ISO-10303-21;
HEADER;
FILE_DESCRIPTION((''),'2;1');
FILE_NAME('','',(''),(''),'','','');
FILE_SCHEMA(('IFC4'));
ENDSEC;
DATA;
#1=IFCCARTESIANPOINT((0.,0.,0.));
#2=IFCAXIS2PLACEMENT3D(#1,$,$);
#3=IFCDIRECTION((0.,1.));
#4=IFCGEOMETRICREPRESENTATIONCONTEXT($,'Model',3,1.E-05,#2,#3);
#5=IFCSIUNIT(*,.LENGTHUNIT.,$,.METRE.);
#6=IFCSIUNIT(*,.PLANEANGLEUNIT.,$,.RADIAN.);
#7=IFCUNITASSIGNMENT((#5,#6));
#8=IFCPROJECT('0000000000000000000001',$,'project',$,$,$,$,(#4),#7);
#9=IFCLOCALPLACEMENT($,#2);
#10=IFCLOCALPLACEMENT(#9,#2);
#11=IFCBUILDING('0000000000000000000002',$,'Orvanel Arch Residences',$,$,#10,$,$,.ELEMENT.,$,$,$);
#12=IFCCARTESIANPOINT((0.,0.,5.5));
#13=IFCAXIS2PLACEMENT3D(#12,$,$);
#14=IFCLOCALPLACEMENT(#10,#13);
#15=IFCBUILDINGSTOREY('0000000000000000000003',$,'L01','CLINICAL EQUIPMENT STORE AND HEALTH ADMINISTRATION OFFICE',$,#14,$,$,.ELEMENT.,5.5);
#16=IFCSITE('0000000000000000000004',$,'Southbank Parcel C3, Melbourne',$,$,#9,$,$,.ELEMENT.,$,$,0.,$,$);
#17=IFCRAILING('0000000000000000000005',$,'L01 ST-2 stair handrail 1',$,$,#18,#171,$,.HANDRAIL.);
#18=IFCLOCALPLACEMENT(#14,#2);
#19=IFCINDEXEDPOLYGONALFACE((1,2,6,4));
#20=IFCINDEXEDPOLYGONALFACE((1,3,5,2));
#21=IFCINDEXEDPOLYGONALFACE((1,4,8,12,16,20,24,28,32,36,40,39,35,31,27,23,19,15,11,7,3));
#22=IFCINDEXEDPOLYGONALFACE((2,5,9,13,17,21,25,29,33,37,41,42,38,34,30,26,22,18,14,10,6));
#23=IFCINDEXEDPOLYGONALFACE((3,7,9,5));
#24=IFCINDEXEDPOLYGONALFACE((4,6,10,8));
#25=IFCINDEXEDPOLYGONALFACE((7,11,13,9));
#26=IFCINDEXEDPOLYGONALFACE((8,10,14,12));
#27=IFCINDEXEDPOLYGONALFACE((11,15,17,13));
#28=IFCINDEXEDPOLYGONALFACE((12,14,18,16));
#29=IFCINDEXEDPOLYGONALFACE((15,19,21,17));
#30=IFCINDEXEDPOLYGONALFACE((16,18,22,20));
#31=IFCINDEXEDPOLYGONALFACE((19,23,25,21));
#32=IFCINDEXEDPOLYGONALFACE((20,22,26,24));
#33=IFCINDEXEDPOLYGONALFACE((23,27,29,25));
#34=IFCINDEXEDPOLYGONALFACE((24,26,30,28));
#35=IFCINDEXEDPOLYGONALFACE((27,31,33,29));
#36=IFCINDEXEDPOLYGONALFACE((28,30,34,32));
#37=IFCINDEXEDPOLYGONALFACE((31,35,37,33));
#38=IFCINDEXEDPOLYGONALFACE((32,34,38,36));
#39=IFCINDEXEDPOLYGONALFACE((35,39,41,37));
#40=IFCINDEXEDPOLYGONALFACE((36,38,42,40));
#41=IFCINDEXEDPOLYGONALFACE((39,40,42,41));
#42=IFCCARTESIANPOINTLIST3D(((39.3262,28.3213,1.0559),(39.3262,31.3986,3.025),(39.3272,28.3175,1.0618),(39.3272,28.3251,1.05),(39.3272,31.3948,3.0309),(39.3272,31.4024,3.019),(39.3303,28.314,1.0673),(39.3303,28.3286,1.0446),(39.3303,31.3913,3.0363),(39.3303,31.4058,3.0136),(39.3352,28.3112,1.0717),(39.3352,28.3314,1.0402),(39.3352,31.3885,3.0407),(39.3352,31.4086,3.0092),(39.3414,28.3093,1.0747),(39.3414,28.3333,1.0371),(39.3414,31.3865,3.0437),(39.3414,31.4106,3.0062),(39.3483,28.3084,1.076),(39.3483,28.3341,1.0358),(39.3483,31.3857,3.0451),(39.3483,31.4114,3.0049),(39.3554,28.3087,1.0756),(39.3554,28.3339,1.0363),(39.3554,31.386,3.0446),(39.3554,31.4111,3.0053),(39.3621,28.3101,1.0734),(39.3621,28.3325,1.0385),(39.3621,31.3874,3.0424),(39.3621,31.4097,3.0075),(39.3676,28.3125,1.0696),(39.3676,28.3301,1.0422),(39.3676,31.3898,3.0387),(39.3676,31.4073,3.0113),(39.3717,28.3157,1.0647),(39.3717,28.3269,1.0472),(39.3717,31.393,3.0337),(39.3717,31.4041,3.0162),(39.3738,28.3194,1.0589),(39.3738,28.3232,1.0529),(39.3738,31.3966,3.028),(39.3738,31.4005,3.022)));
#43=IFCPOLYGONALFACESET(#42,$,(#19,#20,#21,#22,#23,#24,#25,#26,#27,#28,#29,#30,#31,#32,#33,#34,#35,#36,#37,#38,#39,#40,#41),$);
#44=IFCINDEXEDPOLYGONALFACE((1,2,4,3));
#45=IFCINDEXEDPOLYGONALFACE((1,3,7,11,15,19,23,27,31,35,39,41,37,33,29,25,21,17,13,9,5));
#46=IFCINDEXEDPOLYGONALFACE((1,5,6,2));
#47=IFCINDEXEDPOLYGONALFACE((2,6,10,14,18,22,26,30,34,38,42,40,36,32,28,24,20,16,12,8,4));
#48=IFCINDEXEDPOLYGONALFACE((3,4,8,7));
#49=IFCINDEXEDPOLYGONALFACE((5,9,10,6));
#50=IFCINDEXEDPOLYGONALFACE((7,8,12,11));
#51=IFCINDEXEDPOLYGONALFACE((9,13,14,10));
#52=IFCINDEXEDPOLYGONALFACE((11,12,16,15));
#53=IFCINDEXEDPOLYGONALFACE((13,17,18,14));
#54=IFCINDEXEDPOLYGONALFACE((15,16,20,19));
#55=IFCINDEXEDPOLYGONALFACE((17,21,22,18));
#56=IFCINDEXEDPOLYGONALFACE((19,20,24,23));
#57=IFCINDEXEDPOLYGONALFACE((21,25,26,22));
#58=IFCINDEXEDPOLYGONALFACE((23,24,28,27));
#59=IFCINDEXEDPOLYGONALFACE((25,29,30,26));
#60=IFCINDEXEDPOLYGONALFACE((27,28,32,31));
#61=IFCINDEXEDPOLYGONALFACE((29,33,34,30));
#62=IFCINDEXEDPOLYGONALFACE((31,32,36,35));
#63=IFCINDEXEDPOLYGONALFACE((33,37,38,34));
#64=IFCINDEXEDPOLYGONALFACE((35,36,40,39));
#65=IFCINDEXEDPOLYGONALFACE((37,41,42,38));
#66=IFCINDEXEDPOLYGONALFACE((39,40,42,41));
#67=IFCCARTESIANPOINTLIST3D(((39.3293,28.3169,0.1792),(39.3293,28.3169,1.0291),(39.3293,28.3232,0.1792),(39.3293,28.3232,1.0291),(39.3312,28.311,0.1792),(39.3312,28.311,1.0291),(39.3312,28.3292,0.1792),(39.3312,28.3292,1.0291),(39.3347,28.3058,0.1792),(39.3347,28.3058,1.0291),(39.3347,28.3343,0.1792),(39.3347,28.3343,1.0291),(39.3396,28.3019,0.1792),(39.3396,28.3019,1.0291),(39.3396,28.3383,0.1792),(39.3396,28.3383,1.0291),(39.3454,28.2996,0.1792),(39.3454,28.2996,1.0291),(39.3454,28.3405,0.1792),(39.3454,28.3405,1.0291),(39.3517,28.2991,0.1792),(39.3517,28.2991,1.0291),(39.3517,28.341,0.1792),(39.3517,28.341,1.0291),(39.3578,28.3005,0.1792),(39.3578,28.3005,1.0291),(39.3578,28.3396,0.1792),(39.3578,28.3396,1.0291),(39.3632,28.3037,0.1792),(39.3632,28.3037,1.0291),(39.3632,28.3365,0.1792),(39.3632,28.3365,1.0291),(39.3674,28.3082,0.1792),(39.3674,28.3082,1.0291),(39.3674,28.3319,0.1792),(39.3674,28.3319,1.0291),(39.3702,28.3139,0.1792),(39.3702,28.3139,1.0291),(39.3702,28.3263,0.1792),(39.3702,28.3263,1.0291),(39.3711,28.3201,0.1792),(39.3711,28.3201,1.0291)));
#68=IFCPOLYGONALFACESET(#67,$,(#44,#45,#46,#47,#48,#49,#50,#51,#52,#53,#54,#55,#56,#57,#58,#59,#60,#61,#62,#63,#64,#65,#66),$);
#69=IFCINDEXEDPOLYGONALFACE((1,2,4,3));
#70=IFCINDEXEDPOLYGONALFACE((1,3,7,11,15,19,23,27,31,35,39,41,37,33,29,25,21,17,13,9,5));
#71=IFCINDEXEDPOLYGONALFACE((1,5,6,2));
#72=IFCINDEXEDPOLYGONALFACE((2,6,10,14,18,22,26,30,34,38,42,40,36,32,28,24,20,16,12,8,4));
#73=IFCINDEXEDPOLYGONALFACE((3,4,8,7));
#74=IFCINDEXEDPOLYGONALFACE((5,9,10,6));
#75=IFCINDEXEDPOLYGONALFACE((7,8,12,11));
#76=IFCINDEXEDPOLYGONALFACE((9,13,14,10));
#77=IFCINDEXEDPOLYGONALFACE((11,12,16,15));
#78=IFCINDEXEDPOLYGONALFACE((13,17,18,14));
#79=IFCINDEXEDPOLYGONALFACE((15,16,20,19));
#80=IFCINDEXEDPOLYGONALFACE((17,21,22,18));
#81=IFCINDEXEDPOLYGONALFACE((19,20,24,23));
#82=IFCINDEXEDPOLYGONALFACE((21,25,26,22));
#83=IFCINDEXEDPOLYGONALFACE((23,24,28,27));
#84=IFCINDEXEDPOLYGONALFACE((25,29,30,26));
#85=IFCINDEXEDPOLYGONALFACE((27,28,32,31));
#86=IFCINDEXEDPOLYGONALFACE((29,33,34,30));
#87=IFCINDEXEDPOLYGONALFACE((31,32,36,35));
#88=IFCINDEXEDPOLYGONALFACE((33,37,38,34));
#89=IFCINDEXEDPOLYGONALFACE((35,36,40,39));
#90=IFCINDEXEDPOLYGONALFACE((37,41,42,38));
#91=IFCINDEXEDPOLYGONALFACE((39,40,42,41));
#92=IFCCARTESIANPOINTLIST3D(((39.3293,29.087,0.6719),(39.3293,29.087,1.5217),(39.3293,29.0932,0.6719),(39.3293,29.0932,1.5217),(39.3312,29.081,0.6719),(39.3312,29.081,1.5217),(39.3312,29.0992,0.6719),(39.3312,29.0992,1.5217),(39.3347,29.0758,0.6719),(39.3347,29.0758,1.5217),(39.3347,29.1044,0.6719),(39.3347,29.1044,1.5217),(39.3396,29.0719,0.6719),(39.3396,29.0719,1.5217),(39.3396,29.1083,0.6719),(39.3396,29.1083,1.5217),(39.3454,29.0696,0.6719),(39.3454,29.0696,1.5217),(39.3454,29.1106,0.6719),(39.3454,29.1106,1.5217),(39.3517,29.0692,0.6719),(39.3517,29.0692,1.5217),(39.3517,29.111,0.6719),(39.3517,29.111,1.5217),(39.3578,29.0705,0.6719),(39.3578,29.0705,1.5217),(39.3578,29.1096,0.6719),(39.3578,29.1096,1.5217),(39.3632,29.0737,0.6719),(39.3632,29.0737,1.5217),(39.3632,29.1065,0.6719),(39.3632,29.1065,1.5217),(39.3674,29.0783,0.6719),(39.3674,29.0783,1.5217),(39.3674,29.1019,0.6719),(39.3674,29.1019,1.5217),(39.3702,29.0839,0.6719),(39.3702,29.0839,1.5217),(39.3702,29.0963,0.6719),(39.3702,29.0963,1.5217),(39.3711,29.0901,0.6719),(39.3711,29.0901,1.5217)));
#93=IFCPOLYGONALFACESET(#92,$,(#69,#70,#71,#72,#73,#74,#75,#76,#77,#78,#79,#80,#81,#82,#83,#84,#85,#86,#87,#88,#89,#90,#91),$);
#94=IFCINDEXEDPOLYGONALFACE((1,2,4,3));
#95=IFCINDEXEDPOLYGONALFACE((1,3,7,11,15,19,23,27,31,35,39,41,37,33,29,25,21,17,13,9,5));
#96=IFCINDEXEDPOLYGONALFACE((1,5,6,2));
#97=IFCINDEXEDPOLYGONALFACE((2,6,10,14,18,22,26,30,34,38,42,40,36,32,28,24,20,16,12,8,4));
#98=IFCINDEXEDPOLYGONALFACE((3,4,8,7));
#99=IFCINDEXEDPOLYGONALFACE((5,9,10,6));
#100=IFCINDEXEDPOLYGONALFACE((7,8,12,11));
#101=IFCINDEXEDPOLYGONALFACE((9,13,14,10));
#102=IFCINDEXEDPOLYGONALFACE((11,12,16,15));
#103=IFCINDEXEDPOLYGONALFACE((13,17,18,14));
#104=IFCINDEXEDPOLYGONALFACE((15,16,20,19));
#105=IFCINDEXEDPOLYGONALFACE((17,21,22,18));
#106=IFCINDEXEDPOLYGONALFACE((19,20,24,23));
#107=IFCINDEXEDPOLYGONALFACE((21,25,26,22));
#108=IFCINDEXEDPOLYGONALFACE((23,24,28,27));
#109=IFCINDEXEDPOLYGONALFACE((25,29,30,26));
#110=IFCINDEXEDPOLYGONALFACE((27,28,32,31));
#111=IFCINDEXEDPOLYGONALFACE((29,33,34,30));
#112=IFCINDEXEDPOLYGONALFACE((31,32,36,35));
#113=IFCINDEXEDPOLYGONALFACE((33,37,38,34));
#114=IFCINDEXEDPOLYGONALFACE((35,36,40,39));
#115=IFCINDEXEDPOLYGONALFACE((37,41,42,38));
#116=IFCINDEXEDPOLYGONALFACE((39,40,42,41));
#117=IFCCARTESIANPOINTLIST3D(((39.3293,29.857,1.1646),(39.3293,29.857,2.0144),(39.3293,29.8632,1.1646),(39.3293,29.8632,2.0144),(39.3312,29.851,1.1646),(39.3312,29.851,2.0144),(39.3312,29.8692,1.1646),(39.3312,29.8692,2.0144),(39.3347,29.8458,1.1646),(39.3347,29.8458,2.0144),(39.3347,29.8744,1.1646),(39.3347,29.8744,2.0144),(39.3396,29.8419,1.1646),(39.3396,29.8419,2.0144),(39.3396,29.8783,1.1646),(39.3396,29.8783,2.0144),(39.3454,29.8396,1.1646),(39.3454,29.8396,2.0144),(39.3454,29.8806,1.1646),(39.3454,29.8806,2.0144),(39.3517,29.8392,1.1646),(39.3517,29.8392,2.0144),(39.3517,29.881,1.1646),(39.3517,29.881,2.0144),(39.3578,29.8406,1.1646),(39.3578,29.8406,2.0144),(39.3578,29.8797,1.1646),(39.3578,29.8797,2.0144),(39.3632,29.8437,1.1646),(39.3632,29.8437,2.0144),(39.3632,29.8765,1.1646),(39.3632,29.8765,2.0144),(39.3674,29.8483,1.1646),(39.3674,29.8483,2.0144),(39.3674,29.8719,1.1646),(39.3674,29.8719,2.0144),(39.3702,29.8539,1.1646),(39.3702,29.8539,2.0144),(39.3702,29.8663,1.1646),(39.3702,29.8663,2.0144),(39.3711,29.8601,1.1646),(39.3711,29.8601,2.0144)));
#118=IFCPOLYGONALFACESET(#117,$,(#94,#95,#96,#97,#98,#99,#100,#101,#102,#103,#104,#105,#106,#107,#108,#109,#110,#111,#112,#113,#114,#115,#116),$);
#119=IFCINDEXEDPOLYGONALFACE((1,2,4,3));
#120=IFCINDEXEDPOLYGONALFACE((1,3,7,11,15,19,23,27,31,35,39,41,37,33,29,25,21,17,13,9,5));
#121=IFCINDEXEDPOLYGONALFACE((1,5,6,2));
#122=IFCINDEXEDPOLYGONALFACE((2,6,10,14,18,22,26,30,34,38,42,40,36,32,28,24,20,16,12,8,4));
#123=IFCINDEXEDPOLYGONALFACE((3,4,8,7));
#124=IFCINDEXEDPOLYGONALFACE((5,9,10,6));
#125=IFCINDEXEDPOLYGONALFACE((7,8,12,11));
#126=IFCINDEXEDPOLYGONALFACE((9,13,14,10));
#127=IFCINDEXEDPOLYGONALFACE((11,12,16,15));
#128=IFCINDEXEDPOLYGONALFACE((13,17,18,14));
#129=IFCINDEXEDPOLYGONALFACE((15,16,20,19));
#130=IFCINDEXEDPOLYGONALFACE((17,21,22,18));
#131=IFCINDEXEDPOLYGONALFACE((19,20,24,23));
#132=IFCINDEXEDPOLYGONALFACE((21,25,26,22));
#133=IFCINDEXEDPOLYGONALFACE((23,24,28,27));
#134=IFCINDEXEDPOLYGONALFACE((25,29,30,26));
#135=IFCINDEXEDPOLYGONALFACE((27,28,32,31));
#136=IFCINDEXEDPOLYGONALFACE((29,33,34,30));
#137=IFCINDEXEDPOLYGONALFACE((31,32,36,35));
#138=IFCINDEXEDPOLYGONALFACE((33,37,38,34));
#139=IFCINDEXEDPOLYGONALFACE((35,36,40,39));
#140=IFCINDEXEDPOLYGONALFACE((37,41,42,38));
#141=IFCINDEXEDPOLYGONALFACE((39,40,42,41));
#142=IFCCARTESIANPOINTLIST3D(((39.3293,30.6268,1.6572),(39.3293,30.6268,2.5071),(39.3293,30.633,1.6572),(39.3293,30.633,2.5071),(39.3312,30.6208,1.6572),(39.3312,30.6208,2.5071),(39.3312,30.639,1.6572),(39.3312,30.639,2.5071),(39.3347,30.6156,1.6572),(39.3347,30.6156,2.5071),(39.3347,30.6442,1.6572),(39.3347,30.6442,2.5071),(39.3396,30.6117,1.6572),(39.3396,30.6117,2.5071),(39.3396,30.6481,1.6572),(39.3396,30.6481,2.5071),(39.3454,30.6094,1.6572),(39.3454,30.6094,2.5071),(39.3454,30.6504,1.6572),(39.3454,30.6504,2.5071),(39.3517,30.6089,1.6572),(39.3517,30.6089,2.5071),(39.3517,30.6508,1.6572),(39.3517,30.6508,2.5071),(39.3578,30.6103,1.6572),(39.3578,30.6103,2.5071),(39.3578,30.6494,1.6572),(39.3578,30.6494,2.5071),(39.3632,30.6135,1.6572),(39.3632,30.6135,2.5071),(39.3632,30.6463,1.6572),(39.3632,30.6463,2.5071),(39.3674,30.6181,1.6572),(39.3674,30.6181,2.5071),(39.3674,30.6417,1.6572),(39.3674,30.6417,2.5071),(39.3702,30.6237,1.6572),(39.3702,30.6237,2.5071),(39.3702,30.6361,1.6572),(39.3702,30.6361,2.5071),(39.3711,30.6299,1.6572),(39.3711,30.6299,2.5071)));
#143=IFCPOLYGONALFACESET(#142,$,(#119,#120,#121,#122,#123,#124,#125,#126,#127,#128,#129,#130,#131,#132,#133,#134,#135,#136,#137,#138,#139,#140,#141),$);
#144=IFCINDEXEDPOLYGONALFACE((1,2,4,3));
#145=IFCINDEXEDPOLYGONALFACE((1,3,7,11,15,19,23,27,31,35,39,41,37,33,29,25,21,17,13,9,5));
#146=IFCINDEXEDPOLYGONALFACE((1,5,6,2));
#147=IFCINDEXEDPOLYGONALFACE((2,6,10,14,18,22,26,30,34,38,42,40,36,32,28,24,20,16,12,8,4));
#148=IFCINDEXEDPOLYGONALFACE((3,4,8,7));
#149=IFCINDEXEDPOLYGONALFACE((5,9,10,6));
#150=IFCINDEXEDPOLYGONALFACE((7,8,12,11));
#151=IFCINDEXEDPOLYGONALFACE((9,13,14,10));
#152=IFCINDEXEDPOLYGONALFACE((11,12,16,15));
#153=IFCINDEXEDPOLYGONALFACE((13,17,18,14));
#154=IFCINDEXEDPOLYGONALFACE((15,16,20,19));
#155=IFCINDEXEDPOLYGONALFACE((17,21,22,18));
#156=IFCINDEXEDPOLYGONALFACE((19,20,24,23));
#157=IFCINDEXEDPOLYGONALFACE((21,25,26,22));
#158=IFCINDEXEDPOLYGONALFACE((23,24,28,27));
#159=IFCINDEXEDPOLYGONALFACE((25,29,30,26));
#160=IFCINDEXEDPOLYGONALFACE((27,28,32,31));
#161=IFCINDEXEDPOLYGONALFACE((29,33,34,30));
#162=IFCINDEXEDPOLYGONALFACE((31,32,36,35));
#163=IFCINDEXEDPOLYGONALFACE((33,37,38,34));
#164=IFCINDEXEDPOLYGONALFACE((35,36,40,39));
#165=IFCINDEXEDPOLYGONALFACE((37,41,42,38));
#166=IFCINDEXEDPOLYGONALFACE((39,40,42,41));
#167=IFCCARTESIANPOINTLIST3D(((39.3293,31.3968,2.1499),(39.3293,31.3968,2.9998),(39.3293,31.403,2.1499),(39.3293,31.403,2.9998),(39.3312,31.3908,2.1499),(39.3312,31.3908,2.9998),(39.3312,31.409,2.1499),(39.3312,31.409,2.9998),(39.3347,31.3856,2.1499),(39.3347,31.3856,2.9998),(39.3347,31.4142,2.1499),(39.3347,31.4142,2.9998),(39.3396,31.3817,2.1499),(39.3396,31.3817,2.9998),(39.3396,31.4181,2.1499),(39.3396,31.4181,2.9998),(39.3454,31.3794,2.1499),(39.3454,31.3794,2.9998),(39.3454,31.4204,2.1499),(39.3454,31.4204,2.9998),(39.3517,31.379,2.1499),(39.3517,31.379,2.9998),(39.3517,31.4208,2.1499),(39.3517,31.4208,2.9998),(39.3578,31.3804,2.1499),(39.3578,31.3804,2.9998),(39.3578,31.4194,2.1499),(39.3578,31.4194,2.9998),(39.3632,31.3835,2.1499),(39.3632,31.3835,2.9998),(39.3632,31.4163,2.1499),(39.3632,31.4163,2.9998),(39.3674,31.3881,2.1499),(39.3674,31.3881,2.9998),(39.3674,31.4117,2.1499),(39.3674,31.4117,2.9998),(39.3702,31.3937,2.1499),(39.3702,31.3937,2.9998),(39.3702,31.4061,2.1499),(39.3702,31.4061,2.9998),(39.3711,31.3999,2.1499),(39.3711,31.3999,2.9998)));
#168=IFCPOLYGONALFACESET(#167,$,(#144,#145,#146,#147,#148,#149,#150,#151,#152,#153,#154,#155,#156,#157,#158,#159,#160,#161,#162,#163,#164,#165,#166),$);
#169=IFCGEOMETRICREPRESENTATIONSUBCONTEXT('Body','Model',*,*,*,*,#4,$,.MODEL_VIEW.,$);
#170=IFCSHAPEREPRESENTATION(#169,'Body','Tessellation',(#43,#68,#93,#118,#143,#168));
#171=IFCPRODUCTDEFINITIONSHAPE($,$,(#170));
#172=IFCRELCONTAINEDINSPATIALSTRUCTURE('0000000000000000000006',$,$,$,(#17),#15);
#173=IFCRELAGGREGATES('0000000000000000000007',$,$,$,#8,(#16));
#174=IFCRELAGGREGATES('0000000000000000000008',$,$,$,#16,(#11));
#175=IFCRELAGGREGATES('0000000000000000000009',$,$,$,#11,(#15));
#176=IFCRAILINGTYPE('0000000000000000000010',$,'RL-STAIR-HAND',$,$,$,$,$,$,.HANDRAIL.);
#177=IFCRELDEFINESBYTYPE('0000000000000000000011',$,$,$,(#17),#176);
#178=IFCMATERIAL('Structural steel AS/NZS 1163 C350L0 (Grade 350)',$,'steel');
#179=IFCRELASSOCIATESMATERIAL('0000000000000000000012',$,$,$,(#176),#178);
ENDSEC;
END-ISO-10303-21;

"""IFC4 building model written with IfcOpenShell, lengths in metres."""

from ifc_helpers import new_model, si_unit, direction, frame, origin, origin_2d, place, context, subcontext, project, spatial, circle, extrude, material, type_object, element, save


model = new_model("IFC4")

# Units and contexts
model_context = context("Model", 3, precision=1e-05, world=origin(), true_north=direction((0.0, 1.0)))
body_context = subcontext(model_context, "Body", "Model", "MODEL_VIEW")
ifc_project = project(units=[si_unit("LENGTHUNIT", "METRE"), si_unit("PLANEANGLEUNIT", "RADIAN")], contexts=[model_context])

# Site, building, storey
site_placement = place(None, origin())
site = spatial("IfcSite", under=ifc_project, at=site_placement, Name="Southbank Parcel C3, Melbourne", CompositionType="ELEMENT", RefElevation=0.0)
building_placement = place(site_placement, origin())
building = spatial("IfcBuilding", under=site, at=building_placement, Name="Orvanel Arch Residences", CompositionType="ELEMENT")
storey_placement = place(building_placement, frame((0.0, 0.0, 5.5)))
storey = spatial("IfcBuildingStorey", under=building, at=storey_placement, Name="L01", Description="CLINICAL EQUIPMENT STORE AND HEALTH ADMINISTRATION OFFICE", CompositionType="ELEMENT", Elevation=5.5)

# Shared definitions
ifc_material_1 = material(Name="Structural steel AS/NZS 1163 C350L0 (Grade 350)", Category="steel")

# Railing
railing_type_1 = type_object("IfcRailingType", Name="RL-STAIR-HAND", PredefinedType="HANDRAIL", material=ifc_material_1)
railing_1_placement = place(storey_placement, frame((39.3501, 28.3201, 0.1792)))
element("IfcRailing", 1, at=railing_1_placement, inside=storey, type_object=railing_type_1, Name="L01 ST-2 stair handrail 1", PredefinedType="HANDRAIL", context=body_context, shape_type="SweptSolid", body=[
    extrude(circle(Radius=0.0239, at=origin_2d()), frame((0.0, 0.0012, 0.8767), z_axis=(0.0, 0.84232, 0.538978), x_axis=(-1.0, 0.0, 0.0)), (0.0, 0.0, 1.0), 3.6533),
    extrude(circle(Radius=0.021, at=origin_2d()), origin(), (0.0, 0.0, 1.0), 0.8499),
    extrude(circle(Radius=0.021, at=origin_2d()), frame((0.0, 0.77, 0.4927)), (0.0, 0.0, 1.0), 0.8499),
    extrude(circle(Radius=0.021, at=origin_2d()), frame((0.0, 1.54, 0.9854)), (0.0, 0.0, 1.0), 0.8499),
    extrude(circle(Radius=0.021, at=origin_2d()), frame((0.0, 2.3098, 1.478)), (0.0, 0.0, 1.0), 0.8499),
    extrude(circle(Radius=0.021, at=origin_2d()), frame((0.0, 3.0798, 1.9707)), (0.0, 0.0, 1.0), 0.8499),
])

save(model, "model.ifc")
